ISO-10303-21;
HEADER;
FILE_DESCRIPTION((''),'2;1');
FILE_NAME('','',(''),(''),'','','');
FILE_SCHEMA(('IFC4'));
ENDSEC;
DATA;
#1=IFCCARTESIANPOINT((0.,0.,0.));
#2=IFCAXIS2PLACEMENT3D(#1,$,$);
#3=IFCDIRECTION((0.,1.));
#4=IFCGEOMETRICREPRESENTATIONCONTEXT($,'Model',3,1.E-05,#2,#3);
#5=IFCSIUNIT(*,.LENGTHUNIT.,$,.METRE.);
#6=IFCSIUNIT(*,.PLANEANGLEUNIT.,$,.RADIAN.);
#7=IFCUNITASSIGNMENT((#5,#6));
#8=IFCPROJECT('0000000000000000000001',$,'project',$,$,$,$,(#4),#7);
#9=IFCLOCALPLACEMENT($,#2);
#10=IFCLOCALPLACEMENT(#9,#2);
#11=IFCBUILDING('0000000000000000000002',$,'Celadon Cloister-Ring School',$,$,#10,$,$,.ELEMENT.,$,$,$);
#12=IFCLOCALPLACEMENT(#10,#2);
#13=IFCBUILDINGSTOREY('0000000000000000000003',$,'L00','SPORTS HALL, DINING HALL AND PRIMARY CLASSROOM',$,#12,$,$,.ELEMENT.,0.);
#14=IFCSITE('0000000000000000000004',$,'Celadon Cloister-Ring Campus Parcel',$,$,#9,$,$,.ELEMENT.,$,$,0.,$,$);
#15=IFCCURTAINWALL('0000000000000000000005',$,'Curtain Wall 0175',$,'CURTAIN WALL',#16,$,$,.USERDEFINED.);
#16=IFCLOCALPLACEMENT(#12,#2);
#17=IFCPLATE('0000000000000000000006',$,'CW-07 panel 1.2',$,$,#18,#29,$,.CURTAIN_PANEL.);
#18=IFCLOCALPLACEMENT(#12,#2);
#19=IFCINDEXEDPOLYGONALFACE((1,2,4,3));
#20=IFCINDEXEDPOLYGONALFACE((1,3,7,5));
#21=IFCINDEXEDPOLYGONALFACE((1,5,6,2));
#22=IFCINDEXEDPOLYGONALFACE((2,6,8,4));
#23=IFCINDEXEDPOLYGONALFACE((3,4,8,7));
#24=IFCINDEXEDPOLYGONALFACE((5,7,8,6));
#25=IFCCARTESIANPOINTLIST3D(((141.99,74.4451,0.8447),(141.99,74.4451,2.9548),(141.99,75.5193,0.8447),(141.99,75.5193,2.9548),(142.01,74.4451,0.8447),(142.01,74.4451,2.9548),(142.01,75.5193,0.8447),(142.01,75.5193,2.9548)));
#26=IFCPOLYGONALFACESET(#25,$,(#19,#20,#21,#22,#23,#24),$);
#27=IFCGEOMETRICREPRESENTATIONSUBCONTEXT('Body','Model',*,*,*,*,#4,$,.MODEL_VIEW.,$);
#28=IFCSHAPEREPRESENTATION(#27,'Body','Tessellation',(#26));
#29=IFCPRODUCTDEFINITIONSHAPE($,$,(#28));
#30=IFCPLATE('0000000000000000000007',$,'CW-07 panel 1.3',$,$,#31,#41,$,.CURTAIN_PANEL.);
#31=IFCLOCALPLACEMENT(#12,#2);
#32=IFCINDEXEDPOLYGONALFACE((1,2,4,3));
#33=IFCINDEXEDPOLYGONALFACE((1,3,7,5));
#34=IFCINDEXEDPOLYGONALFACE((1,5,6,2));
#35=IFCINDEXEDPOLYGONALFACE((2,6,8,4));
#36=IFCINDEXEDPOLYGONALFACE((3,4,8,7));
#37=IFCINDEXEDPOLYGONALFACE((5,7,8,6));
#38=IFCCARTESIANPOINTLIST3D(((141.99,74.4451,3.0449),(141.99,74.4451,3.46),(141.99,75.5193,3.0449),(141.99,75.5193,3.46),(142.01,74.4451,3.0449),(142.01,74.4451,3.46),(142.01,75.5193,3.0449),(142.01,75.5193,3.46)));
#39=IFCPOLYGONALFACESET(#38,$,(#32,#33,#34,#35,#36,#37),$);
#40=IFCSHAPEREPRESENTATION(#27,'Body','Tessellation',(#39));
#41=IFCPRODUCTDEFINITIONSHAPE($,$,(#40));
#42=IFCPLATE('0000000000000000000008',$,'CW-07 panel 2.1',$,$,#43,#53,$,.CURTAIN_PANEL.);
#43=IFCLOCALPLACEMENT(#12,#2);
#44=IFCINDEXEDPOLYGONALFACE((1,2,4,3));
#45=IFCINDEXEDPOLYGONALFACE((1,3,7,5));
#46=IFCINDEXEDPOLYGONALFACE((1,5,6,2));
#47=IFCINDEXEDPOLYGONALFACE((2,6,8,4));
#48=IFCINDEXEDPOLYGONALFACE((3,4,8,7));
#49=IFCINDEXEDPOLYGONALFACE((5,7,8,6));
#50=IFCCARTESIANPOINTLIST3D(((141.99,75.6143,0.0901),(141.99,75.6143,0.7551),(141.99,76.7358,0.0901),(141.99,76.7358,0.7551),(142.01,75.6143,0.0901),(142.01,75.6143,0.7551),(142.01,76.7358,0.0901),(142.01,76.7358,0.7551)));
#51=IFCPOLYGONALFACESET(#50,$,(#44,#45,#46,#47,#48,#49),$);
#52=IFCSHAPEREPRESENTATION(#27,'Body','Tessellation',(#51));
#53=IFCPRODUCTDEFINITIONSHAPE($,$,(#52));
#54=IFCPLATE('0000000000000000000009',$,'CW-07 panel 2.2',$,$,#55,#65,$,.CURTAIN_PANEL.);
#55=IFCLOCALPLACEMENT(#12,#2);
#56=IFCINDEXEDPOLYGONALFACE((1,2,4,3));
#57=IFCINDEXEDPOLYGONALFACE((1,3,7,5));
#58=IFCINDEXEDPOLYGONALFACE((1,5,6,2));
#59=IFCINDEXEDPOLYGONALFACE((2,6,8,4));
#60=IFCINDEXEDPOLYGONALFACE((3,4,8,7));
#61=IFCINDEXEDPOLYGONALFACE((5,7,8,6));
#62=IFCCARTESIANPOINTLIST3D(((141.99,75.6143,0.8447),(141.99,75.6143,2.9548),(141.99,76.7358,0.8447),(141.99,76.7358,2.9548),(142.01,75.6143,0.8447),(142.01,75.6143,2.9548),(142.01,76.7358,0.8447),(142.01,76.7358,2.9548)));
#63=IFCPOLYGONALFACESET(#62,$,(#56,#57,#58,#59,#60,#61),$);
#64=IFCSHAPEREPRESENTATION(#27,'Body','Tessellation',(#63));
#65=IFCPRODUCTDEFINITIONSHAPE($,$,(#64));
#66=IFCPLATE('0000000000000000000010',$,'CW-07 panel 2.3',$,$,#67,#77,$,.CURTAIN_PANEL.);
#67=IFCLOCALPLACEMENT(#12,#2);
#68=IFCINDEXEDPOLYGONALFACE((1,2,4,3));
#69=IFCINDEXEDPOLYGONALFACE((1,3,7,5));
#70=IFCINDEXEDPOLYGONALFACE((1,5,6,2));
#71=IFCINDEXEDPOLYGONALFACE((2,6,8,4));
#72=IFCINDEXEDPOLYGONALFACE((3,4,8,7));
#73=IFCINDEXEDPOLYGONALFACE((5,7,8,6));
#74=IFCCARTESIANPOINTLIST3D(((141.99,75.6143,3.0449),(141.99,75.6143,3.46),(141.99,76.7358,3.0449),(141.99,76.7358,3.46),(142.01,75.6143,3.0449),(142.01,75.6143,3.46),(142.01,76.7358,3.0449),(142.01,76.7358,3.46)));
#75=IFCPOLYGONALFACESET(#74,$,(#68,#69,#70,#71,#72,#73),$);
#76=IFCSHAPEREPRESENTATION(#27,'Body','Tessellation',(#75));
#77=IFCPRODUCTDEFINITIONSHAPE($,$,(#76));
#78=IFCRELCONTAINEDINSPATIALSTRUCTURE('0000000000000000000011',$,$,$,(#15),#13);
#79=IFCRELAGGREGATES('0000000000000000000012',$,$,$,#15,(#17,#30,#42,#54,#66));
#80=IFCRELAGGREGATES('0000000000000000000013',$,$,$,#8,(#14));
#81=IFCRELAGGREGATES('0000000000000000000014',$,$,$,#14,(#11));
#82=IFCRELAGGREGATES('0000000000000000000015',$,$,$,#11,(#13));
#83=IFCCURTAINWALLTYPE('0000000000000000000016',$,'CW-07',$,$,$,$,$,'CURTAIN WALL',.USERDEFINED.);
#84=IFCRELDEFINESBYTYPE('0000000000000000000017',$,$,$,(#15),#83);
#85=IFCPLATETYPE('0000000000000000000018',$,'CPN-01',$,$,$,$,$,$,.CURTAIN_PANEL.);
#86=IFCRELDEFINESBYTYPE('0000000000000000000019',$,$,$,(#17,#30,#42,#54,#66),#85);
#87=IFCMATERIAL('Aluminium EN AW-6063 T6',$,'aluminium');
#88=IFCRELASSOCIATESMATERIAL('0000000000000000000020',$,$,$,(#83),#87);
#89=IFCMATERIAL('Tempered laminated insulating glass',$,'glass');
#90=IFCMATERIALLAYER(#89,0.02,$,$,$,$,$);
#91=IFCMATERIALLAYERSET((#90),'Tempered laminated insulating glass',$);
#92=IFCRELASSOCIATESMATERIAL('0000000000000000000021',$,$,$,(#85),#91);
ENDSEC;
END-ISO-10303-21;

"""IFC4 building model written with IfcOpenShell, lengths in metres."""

from ifc_helpers import new_model, si_unit, direction, frame, origin, origin_2d, place, context, subcontext, project, spatial, rectangle, extrude, material, layer, layer_set, type_object, element, aggregate, save


model = new_model("IFC4")

# Units and contexts
model_context = context("Model", 3, precision=1e-05, world=origin(), true_north=direction((0.0, 1.0)))
body_context = subcontext(model_context, "Body", "Model", "MODEL_VIEW")
ifc_project = project(units=[si_unit("LENGTHUNIT", "METRE"), si_unit("PLANEANGLEUNIT", "RADIAN")], contexts=[model_context])

# Site, building, storey
site_placement = place(None, origin())
site = spatial("IfcSite", under=ifc_project, at=site_placement, Name="Celadon Cloister-Ring Campus Parcel", CompositionType="ELEMENT", RefElevation=0.0)
building_placement = place(site_placement, origin())
building = spatial("IfcBuilding", under=site, at=building_placement, Name="Celadon Cloister-Ring School", CompositionType="ELEMENT")
storey_placement = place(building_placement, origin())
storey = spatial("IfcBuildingStorey", under=building, at=storey_placement, Name="L00", Description="SPORTS HALL, DINING HALL AND PRIMARY CLASSROOM", CompositionType="ELEMENT", Elevation=0.0)

# Curtain wall, plates
ifc_material_1 = material(Name="Aluminium EN AW-6063 T6", Category="aluminium")
curtain_wall_type = type_object("IfcCurtainWallType", Name="CW-07", ElementType="CURTAIN WALL", PredefinedType="USERDEFINED", material=ifc_material_1)
curtain_wall_placement = place(storey_placement, origin())
curtain_wall = element("IfcCurtainWall", 1, at=curtain_wall_placement, inside=storey, type_object=curtain_wall_type, Name="Curtain Wall 0175", ObjectType="CURTAIN WALL", PredefinedType="USERDEFINED")
ifc_material_2 = material(Name="Tempered laminated insulating glass", Category="glass")
ifc_layer = layer(ifc_material_2, 0.02)
ifc_layer_set = layer_set([ifc_layer], Name="Tempered laminated insulating glass")
plate_type = type_object("IfcPlateType", Name="CPN-01", PredefinedType="CURTAIN_PANEL", material=ifc_layer_set)
plate_1_placement = place(storey_placement, frame((142.0, 74.9822, 0.8447), z_axis=(0.0, 0.0, 1.0), x_axis=(0.0, 1.0, 0.0)))
plate_1 = element("IfcPlate", 2, at=plate_1_placement, type_object=plate_type, Name="CW-07 panel 1.2", PredefinedType="CURTAIN_PANEL", context=body_context, shape_type="SweptSolid", body=[
    extrude(rectangle(XDim=1.0742, YDim=0.02, at=origin_2d()), origin(), (0.0, 0.0, 1.0), 2.1101),
])
plate_2_placement = place(storey_placement, frame((142.0, 74.9822, 3.0449), z_axis=(0.0, 0.0, 1.0), x_axis=(0.0, 1.0, 0.0)))
plate_2 = element("IfcPlate", 3, at=plate_2_placement, type_object=plate_type, Name="CW-07 panel 1.3", PredefinedType="CURTAIN_PANEL", context=body_context, shape_type="SweptSolid", body=[
    extrude(rectangle(XDim=1.0742, YDim=0.02, at=origin_2d()), origin(), (0.0, 0.0, 1.0), 0.415),
])
plate_3_placement = place(storey_placement, frame((142.0, 76.175, 0.0901), z_axis=(0.0, 0.0, 1.0), x_axis=(0.0, 1.0, 0.0)))
plate_3 = element("IfcPlate", 4, at=plate_3_placement, type_object=plate_type, Name="CW-07 panel 2.1", PredefinedType="CURTAIN_PANEL", context=body_context, shape_type="SweptSolid", body=[
    extrude(rectangle(XDim=1.1216, YDim=0.02, at=origin_2d()), origin(), (0.0, 0.0, 1.0), 0.665),
])
plate_4_placement = place(storey_placement, frame((142.0, 76.175, 0.8447), z_axis=(0.0, 0.0, 1.0), x_axis=(0.0, 1.0, 0.0)))
plate_4 = element("IfcPlate", 5, at=plate_4_placement, type_object=plate_type, Name="CW-07 panel 2.2", PredefinedType="CURTAIN_PANEL", context=body_context, shape_type="SweptSolid", body=[
    extrude(rectangle(XDim=1.1216, YDim=0.02, at=origin_2d()), origin(), (0.0, 0.0, 1.0), 2.1101),
])
plate_5_placement = place(storey_placement, frame((142.0, 76.175, 3.0449), z_axis=(0.0, 0.0, 1.0), x_axis=(0.0, 1.0, 0.0)))
plate_5 = element("IfcPlate", 6, at=plate_5_placement, type_object=plate_type, Name="CW-07 panel 2.3", PredefinedType="CURTAIN_PANEL", context=body_context, shape_type="SweptSolid", body=[
    extrude(rectangle(XDim=1.1216, YDim=0.02, at=origin_2d()), origin(), (0.0, 0.0, 1.0), 0.415),
])
aggregate(curtain_wall, [plate_1, plate_2, plate_3, plate_4, plate_5])

save(model, "model.ifc")
